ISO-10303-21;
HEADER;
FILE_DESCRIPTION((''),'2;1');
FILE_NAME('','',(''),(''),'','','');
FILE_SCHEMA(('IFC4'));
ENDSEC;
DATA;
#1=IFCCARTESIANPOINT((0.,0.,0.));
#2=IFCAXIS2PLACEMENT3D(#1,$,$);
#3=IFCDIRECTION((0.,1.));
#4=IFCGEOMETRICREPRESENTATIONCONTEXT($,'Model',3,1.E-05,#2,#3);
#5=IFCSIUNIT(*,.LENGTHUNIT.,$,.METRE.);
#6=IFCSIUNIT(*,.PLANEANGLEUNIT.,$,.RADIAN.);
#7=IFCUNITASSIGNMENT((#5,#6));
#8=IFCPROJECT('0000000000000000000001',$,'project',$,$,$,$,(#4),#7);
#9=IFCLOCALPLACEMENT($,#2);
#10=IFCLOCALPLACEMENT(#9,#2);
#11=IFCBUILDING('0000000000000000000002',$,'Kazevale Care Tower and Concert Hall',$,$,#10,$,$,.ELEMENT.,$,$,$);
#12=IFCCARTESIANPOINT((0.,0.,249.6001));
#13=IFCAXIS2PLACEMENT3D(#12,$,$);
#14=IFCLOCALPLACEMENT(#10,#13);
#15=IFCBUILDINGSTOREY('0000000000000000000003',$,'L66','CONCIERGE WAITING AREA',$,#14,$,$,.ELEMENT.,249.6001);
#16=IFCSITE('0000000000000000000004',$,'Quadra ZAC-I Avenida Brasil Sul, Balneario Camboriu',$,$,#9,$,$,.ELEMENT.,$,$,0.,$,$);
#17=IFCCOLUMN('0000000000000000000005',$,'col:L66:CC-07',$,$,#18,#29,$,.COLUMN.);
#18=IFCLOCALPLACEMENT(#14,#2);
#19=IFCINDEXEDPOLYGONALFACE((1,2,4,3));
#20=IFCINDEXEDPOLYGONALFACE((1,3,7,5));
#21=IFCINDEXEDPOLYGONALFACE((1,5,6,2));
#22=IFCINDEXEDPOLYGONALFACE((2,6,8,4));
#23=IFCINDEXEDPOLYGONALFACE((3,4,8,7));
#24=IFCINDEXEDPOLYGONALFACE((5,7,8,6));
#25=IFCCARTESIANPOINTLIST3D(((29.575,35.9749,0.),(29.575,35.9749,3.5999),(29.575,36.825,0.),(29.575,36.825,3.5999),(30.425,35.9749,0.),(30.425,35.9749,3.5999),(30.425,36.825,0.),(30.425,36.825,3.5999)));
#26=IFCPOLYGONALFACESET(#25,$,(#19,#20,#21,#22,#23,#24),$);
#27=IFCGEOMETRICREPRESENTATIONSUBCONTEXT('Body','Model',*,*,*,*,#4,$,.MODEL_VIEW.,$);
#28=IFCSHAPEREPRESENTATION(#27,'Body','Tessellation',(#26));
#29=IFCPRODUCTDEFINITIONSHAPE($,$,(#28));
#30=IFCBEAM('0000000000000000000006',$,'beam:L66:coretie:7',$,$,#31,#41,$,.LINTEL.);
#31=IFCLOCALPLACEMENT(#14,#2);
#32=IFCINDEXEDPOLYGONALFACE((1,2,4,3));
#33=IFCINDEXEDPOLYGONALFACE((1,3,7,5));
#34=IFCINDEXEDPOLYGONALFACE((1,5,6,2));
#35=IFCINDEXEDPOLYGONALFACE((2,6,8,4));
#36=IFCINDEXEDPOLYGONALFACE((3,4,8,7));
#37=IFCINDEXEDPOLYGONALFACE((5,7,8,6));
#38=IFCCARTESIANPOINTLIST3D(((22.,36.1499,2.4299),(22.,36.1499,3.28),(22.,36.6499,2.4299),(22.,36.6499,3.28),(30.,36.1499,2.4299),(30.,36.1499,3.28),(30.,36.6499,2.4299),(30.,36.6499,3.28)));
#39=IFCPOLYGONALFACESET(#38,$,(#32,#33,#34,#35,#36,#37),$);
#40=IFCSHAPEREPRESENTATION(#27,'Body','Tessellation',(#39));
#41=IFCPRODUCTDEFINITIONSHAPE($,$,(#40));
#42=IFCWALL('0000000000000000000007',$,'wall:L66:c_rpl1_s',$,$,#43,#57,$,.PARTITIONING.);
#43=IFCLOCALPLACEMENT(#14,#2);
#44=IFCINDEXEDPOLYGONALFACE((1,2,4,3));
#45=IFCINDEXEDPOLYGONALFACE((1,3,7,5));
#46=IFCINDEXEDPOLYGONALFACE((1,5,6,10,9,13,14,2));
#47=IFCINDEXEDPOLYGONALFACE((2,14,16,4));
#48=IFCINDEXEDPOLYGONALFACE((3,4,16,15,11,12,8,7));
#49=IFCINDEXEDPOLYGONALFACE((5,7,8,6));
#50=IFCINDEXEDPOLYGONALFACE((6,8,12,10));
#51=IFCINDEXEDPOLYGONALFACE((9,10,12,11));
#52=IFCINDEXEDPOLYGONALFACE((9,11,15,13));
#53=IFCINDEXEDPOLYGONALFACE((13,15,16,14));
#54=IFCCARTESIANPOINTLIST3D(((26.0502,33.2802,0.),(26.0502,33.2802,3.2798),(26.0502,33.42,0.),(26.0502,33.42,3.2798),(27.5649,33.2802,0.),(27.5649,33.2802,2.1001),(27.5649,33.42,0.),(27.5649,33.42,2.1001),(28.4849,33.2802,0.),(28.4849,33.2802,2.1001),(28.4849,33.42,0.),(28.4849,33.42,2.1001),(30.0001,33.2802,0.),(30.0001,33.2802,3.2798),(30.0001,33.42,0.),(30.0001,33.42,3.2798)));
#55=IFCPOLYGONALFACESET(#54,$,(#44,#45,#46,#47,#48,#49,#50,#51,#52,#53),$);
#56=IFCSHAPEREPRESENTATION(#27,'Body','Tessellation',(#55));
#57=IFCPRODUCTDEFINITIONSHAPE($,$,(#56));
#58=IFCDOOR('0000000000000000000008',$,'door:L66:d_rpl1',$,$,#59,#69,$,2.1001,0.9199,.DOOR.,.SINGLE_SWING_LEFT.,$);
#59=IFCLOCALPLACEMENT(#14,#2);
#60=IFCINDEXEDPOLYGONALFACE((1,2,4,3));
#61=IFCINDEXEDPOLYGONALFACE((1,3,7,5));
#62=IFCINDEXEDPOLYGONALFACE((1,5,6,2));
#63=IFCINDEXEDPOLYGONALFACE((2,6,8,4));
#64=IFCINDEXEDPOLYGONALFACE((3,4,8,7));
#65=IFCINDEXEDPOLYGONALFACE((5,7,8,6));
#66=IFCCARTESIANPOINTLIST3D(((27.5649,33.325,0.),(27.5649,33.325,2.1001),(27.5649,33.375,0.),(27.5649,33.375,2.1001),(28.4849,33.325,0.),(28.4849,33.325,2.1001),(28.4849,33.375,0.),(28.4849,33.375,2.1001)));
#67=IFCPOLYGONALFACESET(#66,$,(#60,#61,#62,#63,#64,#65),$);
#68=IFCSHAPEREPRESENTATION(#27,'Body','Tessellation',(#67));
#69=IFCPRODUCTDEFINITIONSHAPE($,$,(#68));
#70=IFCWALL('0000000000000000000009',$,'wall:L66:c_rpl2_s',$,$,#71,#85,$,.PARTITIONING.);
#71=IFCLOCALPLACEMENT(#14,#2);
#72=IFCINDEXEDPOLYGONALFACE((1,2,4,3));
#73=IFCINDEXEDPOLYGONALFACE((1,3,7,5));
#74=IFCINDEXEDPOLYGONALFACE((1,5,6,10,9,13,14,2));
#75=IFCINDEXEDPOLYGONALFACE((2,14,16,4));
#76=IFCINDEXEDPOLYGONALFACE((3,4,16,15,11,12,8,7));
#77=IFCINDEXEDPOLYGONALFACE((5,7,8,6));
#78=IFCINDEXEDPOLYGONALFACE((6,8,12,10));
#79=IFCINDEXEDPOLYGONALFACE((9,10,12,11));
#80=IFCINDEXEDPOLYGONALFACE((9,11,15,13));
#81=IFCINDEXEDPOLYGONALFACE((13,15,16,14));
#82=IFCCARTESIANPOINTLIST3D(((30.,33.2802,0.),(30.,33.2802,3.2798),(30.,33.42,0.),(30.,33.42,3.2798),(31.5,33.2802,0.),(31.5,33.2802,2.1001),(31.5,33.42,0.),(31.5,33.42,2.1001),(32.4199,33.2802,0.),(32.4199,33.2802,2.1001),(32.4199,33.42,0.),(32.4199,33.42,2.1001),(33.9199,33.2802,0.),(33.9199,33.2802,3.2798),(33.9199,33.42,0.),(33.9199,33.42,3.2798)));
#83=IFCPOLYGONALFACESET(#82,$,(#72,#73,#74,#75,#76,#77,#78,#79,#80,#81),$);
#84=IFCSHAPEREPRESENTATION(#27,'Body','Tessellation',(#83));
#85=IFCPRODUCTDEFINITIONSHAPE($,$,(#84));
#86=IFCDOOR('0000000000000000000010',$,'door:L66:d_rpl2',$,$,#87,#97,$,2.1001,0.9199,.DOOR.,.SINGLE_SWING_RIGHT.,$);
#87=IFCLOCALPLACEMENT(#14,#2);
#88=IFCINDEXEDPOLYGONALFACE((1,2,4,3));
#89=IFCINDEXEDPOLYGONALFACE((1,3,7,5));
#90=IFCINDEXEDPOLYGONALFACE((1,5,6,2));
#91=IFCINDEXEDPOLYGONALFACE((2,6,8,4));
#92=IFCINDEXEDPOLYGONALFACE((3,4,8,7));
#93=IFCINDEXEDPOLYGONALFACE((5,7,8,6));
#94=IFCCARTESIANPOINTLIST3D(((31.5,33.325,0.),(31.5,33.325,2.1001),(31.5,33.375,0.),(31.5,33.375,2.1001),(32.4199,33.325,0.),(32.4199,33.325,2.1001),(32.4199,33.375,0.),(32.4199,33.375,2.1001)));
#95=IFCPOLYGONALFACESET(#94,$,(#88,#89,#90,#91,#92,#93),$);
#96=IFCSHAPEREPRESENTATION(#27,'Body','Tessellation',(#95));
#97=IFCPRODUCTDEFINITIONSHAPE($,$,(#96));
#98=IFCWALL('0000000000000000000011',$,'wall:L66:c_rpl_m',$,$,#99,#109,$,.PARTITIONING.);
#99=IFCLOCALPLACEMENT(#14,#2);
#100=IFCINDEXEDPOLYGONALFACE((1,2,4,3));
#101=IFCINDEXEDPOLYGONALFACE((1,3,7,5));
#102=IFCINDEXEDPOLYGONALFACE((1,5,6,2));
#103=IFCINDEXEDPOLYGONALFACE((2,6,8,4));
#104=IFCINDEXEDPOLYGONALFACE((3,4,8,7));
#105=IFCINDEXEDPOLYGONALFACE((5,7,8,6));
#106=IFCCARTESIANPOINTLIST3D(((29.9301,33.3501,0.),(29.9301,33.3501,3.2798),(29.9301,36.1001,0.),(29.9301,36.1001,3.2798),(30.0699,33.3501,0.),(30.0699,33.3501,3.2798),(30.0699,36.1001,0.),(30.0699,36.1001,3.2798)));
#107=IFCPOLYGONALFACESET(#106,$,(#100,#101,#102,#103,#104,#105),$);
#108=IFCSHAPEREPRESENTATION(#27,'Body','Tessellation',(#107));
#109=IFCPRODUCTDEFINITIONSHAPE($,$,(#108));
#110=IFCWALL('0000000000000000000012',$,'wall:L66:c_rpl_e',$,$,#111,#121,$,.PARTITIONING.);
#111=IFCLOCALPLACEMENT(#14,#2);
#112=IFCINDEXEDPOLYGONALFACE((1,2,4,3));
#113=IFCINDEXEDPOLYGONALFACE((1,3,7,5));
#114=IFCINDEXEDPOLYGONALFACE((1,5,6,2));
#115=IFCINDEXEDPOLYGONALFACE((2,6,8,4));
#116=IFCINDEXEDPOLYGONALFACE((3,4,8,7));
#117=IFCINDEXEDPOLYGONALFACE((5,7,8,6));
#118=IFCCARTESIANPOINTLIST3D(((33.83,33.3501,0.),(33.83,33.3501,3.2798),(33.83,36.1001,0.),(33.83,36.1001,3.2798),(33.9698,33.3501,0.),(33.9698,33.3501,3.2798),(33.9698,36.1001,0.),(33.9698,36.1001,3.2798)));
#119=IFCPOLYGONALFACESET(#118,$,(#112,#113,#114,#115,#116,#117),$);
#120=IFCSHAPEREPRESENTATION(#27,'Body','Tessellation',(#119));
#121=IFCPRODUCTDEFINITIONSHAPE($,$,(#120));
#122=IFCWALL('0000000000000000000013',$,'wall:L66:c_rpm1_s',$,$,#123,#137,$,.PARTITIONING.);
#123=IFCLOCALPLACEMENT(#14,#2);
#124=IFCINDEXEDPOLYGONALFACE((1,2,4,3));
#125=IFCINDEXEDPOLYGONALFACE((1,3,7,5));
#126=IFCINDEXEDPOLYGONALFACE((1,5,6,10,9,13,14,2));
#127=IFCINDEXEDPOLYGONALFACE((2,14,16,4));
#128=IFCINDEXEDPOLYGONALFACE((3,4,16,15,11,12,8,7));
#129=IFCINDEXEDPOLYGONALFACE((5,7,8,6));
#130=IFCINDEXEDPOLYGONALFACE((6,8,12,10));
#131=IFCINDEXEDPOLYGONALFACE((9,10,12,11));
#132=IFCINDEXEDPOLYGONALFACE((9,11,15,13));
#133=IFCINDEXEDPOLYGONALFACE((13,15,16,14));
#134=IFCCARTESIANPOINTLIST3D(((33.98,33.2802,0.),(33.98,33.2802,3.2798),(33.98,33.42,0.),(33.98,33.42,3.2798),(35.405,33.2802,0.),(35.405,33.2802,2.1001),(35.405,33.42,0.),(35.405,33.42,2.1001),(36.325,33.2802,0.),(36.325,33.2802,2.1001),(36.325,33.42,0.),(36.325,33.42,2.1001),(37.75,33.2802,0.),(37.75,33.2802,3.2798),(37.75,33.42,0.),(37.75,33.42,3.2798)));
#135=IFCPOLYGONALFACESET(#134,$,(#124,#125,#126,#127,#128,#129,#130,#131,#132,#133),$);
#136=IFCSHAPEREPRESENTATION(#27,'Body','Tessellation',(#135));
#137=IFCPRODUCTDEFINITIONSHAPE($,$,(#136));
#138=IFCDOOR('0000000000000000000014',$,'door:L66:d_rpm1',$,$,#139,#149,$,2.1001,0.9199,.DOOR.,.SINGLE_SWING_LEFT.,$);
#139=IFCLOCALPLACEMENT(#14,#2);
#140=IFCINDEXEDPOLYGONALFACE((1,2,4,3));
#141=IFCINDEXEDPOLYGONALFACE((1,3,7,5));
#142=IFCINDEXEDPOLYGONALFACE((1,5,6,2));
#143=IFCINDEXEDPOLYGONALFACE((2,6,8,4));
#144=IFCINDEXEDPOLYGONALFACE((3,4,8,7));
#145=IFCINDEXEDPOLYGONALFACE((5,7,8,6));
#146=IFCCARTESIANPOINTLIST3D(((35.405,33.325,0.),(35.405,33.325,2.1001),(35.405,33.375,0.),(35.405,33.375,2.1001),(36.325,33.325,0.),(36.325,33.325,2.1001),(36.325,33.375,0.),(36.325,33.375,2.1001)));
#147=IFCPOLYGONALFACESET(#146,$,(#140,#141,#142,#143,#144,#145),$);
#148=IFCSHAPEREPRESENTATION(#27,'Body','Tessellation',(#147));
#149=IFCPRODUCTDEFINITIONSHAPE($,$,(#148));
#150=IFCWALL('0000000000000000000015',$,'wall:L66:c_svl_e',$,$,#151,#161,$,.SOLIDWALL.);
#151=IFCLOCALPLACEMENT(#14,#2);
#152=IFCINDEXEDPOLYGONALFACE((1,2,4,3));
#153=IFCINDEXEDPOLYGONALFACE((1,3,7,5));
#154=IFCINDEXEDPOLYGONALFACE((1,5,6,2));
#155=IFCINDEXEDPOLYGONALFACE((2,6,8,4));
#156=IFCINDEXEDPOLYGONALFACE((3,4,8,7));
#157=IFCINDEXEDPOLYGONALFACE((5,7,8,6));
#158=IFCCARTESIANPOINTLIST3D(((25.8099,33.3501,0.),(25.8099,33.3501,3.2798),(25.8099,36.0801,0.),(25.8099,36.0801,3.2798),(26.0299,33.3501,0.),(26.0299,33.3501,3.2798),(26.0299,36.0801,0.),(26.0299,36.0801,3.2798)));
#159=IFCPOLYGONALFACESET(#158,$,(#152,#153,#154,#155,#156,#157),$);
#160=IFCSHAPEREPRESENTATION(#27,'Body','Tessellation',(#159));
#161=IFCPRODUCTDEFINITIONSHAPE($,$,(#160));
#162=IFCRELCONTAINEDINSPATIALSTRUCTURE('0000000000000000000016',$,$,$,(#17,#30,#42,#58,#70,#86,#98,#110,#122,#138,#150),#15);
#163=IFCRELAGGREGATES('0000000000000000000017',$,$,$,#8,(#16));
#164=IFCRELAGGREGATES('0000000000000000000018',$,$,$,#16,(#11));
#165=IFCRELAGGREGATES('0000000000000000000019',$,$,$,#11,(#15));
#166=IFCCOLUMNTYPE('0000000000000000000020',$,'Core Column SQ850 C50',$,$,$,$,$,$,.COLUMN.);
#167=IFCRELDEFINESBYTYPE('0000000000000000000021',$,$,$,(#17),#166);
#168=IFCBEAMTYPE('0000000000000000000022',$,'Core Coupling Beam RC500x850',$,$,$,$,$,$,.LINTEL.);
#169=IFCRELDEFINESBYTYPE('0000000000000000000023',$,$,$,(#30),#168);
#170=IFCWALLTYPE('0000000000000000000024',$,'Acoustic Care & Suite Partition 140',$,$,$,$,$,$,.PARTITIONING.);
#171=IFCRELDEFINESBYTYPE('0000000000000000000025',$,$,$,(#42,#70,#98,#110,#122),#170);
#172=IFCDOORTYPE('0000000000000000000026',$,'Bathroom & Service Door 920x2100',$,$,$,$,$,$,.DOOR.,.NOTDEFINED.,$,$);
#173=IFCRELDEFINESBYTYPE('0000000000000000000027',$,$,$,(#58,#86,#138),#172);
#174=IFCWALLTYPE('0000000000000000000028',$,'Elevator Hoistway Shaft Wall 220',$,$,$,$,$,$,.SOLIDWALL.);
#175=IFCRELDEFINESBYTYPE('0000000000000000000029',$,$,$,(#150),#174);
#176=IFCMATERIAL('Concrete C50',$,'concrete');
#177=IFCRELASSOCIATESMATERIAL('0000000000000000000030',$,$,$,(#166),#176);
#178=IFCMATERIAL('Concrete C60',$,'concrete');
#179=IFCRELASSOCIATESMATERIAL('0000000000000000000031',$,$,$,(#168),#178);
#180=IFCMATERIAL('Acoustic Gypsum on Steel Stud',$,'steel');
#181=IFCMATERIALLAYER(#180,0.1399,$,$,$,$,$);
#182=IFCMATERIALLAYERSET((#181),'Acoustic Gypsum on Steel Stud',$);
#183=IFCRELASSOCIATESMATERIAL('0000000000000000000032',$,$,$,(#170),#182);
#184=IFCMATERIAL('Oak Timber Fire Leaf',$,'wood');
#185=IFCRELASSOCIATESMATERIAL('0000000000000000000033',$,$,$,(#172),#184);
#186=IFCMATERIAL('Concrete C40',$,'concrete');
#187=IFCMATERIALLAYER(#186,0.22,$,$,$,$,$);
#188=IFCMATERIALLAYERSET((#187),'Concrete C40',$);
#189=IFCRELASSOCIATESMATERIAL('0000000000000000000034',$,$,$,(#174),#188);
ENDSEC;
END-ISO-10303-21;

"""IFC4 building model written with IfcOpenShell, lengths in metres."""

from ifc_helpers import new_model, si_unit, direction, frame, frame_2d, origin, origin_2d, place, context, subcontext, project, spatial, rectangle, extrude, material, layer, layer_set, material_profile, profile_set, type_object, element, fill, save


model = new_model("IFC4")

# Units and contexts
model_context = context("Model", 3, precision=1e-05, world=origin(), true_north=direction((0.0, 1.0)))
body_context = subcontext(model_context, "Body", "Model", "MODEL_VIEW")
ifc_project = project(units=[si_unit("LENGTHUNIT", "METRE"), si_unit("PLANEANGLEUNIT", "RADIAN")], contexts=[model_context])

# Site, building, storey
site_placement = place(None, origin())
site = spatial("IfcSite", under=ifc_project, at=site_placement, Name="Quadra ZAC-I Avenida Brasil Sul, Balneario Camboriu", CompositionType="ELEMENT", RefElevation=0.0)
building_placement = place(site_placement, origin())
building = spatial("IfcBuilding", under=site, at=building_placement, Name="Kazevale Care Tower and Concert Hall", CompositionType="ELEMENT")
storey_placement = place(building_placement, frame((0.0, 0.0, 249.6001)))
storey = spatial("IfcBuildingStorey", under=building, at=storey_placement, Name="L66", Description="CONCIERGE WAITING AREA", CompositionType="ELEMENT", Elevation=249.6001)

# Column
ifc_material_1 = material(Name="Concrete C50", Category="concrete")
ifc_material_profile_1 = material_profile(ifc_material_1, rectangle(XDim=0.8501, YDim=0.8501, at=origin_2d()), Name="RC-SQ850")
ifc_profile_set_1 = profile_set([ifc_material_profile_1], Name="Concrete C50")
column_type = type_object("IfcColumnType", Name="Core Column SQ850 C50", PredefinedType="COLUMN", material=ifc_profile_set_1)
column_placement = place(storey_placement, frame((30.0, 36.3999, 0.0), z_axis=(0.0, 0.0, 1.0), x_axis=(1.0, 0.0, 0.0)))
element("IfcColumn", 1, at=column_placement, inside=storey, type_object=column_type, Name="col:L66:CC-07", PredefinedType="COLUMN", context=body_context, shape_type="SweptSolid", body=[
    extrude(rectangle(XDim=0.8501, YDim=0.8501, at=origin_2d()), origin(), (0.0, 0.0, 1.0), 3.5999),
])

# Beam
ifc_material_2 = material(Name="Concrete C60", Category="concrete")
ifc_material_profile_2 = material_profile(ifc_material_2, rectangle(XDim=0.5, YDim=0.8501, at=origin_2d()), Name="RC-B500x850")
ifc_profile_set_2 = profile_set([ifc_material_profile_2], Name="Concrete C60")
beam_type = type_object("IfcBeamType", Name="Core Coupling Beam RC500x850", PredefinedType="LINTEL", material=ifc_profile_set_2)
beam_placement = place(storey_placement, frame((30.0, 36.3999, 2.855), z_axis=(-1.0, 0.0, 0.0), x_axis=(0.0, -1.0, 0.0)))
element("IfcBeam", 2, at=beam_placement, inside=storey, type_object=beam_type, Name="beam:L66:coretie:7", PredefinedType="LINTEL", context=body_context, shape_type="SweptSolid", body=[
    extrude(rectangle(XDim=0.5, YDim=0.8501, at=origin_2d()), origin(), (0.0, 0.0, 1.0), 8.0),
])

# Walls, openings, doors
ifc_material_3 = material(Name="Acoustic Gypsum on Steel Stud", Category="steel")
ifc_layer_1 = layer(ifc_material_3, 0.1399)
ifc_layer_set_1 = layer_set([ifc_layer_1], Name="Acoustic Gypsum on Steel Stud")
wall_type_1 = type_object("IfcWallType", Name="Acoustic Care & Suite Partition 140", PredefinedType="PARTITIONING", material=ifc_layer_set_1)
wall_1_placement = place(storey_placement, frame((26.05, 33.3501, 0.0), z_axis=(0.0, 0.0, 1.0), x_axis=(1.0, 0.0, 0.0)))
wall_1 = element("IfcWall", 3, at=wall_1_placement, inside=storey, type_object=wall_type_1, Name="wall:L66:c_rpl1_s", PredefinedType="PARTITIONING", context=body_context, shape_type="SweptSolid", body=[
    extrude(rectangle(XDim=3.95, YDim=0.1399, at=frame_2d((1.9751, 0.0))), origin(), (0.0, 0.0, 1.0), 3.2798),
])
opening_1_placement = place(wall_1_placement, frame((1.5149, 0.0, 0.0)))
opening_1 = element("IfcOpeningElement", 4, at=opening_1_placement, cuts=wall_1, PredefinedType="OPENING", context=body_context, shape_type="SweptSolid", body=[
    extrude(rectangle(XDim=0.9199, YDim=2.1001, at=frame_2d((0.46, 1.05))), frame((0.0, 0.0798, 0.0), z_axis=(0.0, -1.0, 0.0), x_axis=(1.0, 0.0, 0.0)), (0.0, 0.0, 1.0), 0.1599),
])
ifc_material_4 = material(Name="Oak Timber Fire Leaf", Category="wood")
door_type_1 = type_object("IfcDoorType", Name="Bathroom & Service Door 920x2100", OperationType="NOTDEFINED", PredefinedType="DOOR", material=ifc_material_4)
door_1_placement = place(opening_1_placement, origin())
door_1 = element("IfcDoor", 5, at=door_1_placement, inside=storey, type_object=door_type_1, Name="door:L66:d_rpl1", OperationType="SINGLE_SWING_LEFT", OverallHeight=2.1001, OverallWidth=0.9199, PredefinedType="DOOR", context=body_context, shape_type="SweptSolid", body=[
    extrude(rectangle(XDim=0.9199, YDim=2.1001, at=frame_2d((0.46, 1.05))), frame((0.0, 0.0249, 0.0), z_axis=(0.0, -1.0, 0.0), x_axis=(1.0, 0.0, 0.0)), (0.0, 0.0, 1.0), 0.05),
])
fill(opening_1, door_1)
wall_2_placement = place(storey_placement, frame((30.0, 33.3501, 0.0), z_axis=(0.0, 0.0, 1.0), x_axis=(1.0, 0.0, 0.0)))
wall_2 = element("IfcWall", 6, at=wall_2_placement, inside=storey, type_object=wall_type_1, Name="wall:L66:c_rpl2_s", PredefinedType="PARTITIONING", context=body_context, shape_type="SweptSolid", body=[
    extrude(rectangle(XDim=3.9199, YDim=0.1399, at=frame_2d((1.96, 0.0))), origin(), (0.0, 0.0, 1.0), 3.2798),
])
opening_2_placement = place(wall_2_placement, frame((1.5, 0.0, 0.0)))
opening_2 = element("IfcOpeningElement", 7, at=opening_2_placement, cuts=wall_2, PredefinedType="OPENING", context=body_context, shape_type="SweptSolid", body=[
    extrude(rectangle(XDim=0.9199, YDim=2.1001, at=frame_2d((0.46, 1.05))), frame((0.0, 0.0798, 0.0), z_axis=(0.0, -1.0, 0.0), x_axis=(1.0, 0.0, 0.0)), (0.0, 0.0, 1.0), 0.1599),
])
door_2_placement = place(opening_2_placement, origin())
door_2 = element("IfcDoor", 8, at=door_2_placement, inside=storey, type_object=door_type_1, Name="door:L66:d_rpl2", OperationType="SINGLE_SWING_RIGHT", OverallHeight=2.1001, OverallWidth=0.9199, PredefinedType="DOOR", context=body_context, shape_type="SweptSolid", body=[
    extrude(rectangle(XDim=0.9199, YDim=2.1001, at=frame_2d((0.46, 1.05))), frame((0.0, 0.0249, 0.0), z_axis=(0.0, -1.0, 0.0), x_axis=(1.0, 0.0, 0.0)), (0.0, 0.0, 1.0), 0.05),
])
fill(opening_2, door_2)

# Walls
for number, where, z_axis, x_axis, name in (
    (9, (30.0, 33.3501, 0.0), (0.0, 0.0, 1.0), (0.0, 1.0, 0.0), "wall:L66:c_rpl_m"),
    (10, (33.8999, 33.3501, 0.0), (0.0, 0.0, 1.0), (0.0, 1.0, 0.0), "wall:L66:c_rpl_e"),
):
    element("IfcWall", number, at=place(storey_placement, frame(where, z_axis=z_axis, x_axis=x_axis)), inside=storey, type_object=wall_type_1, Name=name, PredefinedType="PARTITIONING", context=body_context, shape_type="SweptSolid", body=[
        extrude(rectangle(XDim=2.75, YDim=0.1399, at=frame_2d((1.375, 0.0))), origin(), (0.0, 0.0, 1.0), 3.2798),
    ])

# Wall, opening, door
wall_3_placement = place(storey_placement, frame((33.98, 33.3501, 0.0), z_axis=(0.0, 0.0, 1.0), x_axis=(1.0, 0.0, 0.0)))
wall_3 = element("IfcWall", 11, at=wall_3_placement, inside=storey, type_object=wall_type_1, Name="wall:L66:c_rpm1_s", PredefinedType="PARTITIONING", context=body_context, shape_type="SweptSolid", body=[
    extrude(rectangle(XDim=3.77, YDim=0.1399, at=frame_2d((1.885, 0.0))), origin(), (0.0, 0.0, 1.0), 3.2798),
])
opening_3_placement = place(wall_3_placement, frame((1.425, 0.0, 0.0)))
opening_3 = element("IfcOpeningElement", 12, at=opening_3_placement, cuts=wall_3, PredefinedType="OPENING", context=body_context, shape_type="SweptSolid", body=[
    extrude(rectangle(XDim=0.9199, YDim=2.1001, at=frame_2d((0.46, 1.05))), frame((0.0, 0.0798, 0.0), z_axis=(0.0, -1.0, 0.0), x_axis=(1.0, 0.0, 0.0)), (0.0, 0.0, 1.0), 0.1599),
])
door_3_placement = place(opening_3_placement, origin())
door_3 = element("IfcDoor", 13, at=door_3_placement, inside=storey, type_object=door_type_1, Name="door:L66:d_rpm1", OperationType="SINGLE_SWING_LEFT", OverallHeight=2.1001, OverallWidth=0.9199, PredefinedType="DOOR", context=body_context, shape_type="SweptSolid", body=[
    extrude(rectangle(XDim=0.9199, YDim=2.1001, at=frame_2d((0.46, 1.05))), frame((0.0, 0.0249, 0.0), z_axis=(0.0, -1.0, 0.0), x_axis=(1.0, 0.0, 0.0)), (0.0, 0.0, 1.0), 0.05),
])
fill(opening_3, door_3)

# Wall
ifc_material_5 = material(Name="Concrete C40", Category="concrete")
ifc_layer_2 = layer(ifc_material_5, 0.22)
ifc_layer_set_2 = layer_set([ifc_layer_2], Name="Concrete C40")
wall_type_2 = type_object("IfcWallType", Name="Elevator Hoistway Shaft Wall 220", PredefinedType="SOLIDWALL", material=ifc_layer_set_2)
wall_4_placement = place(storey_placement, frame((25.9199, 33.3501, 0.0), z_axis=(0.0, 0.0, 1.0), x_axis=(0.0, 1.0, 0.0)))
element("IfcWall", 14, at=wall_4_placement, inside=storey, type_object=wall_type_2, Name="wall:L66:c_svl_e", PredefinedType="SOLIDWALL", context=body_context, shape_type="SweptSolid", body=[
    extrude(rectangle(XDim=2.73, YDim=0.22, at=frame_2d((1.365, 0.0))), origin(), (0.0, 0.0, 1.0), 3.2798),
])

save(model, "model.ifc")
